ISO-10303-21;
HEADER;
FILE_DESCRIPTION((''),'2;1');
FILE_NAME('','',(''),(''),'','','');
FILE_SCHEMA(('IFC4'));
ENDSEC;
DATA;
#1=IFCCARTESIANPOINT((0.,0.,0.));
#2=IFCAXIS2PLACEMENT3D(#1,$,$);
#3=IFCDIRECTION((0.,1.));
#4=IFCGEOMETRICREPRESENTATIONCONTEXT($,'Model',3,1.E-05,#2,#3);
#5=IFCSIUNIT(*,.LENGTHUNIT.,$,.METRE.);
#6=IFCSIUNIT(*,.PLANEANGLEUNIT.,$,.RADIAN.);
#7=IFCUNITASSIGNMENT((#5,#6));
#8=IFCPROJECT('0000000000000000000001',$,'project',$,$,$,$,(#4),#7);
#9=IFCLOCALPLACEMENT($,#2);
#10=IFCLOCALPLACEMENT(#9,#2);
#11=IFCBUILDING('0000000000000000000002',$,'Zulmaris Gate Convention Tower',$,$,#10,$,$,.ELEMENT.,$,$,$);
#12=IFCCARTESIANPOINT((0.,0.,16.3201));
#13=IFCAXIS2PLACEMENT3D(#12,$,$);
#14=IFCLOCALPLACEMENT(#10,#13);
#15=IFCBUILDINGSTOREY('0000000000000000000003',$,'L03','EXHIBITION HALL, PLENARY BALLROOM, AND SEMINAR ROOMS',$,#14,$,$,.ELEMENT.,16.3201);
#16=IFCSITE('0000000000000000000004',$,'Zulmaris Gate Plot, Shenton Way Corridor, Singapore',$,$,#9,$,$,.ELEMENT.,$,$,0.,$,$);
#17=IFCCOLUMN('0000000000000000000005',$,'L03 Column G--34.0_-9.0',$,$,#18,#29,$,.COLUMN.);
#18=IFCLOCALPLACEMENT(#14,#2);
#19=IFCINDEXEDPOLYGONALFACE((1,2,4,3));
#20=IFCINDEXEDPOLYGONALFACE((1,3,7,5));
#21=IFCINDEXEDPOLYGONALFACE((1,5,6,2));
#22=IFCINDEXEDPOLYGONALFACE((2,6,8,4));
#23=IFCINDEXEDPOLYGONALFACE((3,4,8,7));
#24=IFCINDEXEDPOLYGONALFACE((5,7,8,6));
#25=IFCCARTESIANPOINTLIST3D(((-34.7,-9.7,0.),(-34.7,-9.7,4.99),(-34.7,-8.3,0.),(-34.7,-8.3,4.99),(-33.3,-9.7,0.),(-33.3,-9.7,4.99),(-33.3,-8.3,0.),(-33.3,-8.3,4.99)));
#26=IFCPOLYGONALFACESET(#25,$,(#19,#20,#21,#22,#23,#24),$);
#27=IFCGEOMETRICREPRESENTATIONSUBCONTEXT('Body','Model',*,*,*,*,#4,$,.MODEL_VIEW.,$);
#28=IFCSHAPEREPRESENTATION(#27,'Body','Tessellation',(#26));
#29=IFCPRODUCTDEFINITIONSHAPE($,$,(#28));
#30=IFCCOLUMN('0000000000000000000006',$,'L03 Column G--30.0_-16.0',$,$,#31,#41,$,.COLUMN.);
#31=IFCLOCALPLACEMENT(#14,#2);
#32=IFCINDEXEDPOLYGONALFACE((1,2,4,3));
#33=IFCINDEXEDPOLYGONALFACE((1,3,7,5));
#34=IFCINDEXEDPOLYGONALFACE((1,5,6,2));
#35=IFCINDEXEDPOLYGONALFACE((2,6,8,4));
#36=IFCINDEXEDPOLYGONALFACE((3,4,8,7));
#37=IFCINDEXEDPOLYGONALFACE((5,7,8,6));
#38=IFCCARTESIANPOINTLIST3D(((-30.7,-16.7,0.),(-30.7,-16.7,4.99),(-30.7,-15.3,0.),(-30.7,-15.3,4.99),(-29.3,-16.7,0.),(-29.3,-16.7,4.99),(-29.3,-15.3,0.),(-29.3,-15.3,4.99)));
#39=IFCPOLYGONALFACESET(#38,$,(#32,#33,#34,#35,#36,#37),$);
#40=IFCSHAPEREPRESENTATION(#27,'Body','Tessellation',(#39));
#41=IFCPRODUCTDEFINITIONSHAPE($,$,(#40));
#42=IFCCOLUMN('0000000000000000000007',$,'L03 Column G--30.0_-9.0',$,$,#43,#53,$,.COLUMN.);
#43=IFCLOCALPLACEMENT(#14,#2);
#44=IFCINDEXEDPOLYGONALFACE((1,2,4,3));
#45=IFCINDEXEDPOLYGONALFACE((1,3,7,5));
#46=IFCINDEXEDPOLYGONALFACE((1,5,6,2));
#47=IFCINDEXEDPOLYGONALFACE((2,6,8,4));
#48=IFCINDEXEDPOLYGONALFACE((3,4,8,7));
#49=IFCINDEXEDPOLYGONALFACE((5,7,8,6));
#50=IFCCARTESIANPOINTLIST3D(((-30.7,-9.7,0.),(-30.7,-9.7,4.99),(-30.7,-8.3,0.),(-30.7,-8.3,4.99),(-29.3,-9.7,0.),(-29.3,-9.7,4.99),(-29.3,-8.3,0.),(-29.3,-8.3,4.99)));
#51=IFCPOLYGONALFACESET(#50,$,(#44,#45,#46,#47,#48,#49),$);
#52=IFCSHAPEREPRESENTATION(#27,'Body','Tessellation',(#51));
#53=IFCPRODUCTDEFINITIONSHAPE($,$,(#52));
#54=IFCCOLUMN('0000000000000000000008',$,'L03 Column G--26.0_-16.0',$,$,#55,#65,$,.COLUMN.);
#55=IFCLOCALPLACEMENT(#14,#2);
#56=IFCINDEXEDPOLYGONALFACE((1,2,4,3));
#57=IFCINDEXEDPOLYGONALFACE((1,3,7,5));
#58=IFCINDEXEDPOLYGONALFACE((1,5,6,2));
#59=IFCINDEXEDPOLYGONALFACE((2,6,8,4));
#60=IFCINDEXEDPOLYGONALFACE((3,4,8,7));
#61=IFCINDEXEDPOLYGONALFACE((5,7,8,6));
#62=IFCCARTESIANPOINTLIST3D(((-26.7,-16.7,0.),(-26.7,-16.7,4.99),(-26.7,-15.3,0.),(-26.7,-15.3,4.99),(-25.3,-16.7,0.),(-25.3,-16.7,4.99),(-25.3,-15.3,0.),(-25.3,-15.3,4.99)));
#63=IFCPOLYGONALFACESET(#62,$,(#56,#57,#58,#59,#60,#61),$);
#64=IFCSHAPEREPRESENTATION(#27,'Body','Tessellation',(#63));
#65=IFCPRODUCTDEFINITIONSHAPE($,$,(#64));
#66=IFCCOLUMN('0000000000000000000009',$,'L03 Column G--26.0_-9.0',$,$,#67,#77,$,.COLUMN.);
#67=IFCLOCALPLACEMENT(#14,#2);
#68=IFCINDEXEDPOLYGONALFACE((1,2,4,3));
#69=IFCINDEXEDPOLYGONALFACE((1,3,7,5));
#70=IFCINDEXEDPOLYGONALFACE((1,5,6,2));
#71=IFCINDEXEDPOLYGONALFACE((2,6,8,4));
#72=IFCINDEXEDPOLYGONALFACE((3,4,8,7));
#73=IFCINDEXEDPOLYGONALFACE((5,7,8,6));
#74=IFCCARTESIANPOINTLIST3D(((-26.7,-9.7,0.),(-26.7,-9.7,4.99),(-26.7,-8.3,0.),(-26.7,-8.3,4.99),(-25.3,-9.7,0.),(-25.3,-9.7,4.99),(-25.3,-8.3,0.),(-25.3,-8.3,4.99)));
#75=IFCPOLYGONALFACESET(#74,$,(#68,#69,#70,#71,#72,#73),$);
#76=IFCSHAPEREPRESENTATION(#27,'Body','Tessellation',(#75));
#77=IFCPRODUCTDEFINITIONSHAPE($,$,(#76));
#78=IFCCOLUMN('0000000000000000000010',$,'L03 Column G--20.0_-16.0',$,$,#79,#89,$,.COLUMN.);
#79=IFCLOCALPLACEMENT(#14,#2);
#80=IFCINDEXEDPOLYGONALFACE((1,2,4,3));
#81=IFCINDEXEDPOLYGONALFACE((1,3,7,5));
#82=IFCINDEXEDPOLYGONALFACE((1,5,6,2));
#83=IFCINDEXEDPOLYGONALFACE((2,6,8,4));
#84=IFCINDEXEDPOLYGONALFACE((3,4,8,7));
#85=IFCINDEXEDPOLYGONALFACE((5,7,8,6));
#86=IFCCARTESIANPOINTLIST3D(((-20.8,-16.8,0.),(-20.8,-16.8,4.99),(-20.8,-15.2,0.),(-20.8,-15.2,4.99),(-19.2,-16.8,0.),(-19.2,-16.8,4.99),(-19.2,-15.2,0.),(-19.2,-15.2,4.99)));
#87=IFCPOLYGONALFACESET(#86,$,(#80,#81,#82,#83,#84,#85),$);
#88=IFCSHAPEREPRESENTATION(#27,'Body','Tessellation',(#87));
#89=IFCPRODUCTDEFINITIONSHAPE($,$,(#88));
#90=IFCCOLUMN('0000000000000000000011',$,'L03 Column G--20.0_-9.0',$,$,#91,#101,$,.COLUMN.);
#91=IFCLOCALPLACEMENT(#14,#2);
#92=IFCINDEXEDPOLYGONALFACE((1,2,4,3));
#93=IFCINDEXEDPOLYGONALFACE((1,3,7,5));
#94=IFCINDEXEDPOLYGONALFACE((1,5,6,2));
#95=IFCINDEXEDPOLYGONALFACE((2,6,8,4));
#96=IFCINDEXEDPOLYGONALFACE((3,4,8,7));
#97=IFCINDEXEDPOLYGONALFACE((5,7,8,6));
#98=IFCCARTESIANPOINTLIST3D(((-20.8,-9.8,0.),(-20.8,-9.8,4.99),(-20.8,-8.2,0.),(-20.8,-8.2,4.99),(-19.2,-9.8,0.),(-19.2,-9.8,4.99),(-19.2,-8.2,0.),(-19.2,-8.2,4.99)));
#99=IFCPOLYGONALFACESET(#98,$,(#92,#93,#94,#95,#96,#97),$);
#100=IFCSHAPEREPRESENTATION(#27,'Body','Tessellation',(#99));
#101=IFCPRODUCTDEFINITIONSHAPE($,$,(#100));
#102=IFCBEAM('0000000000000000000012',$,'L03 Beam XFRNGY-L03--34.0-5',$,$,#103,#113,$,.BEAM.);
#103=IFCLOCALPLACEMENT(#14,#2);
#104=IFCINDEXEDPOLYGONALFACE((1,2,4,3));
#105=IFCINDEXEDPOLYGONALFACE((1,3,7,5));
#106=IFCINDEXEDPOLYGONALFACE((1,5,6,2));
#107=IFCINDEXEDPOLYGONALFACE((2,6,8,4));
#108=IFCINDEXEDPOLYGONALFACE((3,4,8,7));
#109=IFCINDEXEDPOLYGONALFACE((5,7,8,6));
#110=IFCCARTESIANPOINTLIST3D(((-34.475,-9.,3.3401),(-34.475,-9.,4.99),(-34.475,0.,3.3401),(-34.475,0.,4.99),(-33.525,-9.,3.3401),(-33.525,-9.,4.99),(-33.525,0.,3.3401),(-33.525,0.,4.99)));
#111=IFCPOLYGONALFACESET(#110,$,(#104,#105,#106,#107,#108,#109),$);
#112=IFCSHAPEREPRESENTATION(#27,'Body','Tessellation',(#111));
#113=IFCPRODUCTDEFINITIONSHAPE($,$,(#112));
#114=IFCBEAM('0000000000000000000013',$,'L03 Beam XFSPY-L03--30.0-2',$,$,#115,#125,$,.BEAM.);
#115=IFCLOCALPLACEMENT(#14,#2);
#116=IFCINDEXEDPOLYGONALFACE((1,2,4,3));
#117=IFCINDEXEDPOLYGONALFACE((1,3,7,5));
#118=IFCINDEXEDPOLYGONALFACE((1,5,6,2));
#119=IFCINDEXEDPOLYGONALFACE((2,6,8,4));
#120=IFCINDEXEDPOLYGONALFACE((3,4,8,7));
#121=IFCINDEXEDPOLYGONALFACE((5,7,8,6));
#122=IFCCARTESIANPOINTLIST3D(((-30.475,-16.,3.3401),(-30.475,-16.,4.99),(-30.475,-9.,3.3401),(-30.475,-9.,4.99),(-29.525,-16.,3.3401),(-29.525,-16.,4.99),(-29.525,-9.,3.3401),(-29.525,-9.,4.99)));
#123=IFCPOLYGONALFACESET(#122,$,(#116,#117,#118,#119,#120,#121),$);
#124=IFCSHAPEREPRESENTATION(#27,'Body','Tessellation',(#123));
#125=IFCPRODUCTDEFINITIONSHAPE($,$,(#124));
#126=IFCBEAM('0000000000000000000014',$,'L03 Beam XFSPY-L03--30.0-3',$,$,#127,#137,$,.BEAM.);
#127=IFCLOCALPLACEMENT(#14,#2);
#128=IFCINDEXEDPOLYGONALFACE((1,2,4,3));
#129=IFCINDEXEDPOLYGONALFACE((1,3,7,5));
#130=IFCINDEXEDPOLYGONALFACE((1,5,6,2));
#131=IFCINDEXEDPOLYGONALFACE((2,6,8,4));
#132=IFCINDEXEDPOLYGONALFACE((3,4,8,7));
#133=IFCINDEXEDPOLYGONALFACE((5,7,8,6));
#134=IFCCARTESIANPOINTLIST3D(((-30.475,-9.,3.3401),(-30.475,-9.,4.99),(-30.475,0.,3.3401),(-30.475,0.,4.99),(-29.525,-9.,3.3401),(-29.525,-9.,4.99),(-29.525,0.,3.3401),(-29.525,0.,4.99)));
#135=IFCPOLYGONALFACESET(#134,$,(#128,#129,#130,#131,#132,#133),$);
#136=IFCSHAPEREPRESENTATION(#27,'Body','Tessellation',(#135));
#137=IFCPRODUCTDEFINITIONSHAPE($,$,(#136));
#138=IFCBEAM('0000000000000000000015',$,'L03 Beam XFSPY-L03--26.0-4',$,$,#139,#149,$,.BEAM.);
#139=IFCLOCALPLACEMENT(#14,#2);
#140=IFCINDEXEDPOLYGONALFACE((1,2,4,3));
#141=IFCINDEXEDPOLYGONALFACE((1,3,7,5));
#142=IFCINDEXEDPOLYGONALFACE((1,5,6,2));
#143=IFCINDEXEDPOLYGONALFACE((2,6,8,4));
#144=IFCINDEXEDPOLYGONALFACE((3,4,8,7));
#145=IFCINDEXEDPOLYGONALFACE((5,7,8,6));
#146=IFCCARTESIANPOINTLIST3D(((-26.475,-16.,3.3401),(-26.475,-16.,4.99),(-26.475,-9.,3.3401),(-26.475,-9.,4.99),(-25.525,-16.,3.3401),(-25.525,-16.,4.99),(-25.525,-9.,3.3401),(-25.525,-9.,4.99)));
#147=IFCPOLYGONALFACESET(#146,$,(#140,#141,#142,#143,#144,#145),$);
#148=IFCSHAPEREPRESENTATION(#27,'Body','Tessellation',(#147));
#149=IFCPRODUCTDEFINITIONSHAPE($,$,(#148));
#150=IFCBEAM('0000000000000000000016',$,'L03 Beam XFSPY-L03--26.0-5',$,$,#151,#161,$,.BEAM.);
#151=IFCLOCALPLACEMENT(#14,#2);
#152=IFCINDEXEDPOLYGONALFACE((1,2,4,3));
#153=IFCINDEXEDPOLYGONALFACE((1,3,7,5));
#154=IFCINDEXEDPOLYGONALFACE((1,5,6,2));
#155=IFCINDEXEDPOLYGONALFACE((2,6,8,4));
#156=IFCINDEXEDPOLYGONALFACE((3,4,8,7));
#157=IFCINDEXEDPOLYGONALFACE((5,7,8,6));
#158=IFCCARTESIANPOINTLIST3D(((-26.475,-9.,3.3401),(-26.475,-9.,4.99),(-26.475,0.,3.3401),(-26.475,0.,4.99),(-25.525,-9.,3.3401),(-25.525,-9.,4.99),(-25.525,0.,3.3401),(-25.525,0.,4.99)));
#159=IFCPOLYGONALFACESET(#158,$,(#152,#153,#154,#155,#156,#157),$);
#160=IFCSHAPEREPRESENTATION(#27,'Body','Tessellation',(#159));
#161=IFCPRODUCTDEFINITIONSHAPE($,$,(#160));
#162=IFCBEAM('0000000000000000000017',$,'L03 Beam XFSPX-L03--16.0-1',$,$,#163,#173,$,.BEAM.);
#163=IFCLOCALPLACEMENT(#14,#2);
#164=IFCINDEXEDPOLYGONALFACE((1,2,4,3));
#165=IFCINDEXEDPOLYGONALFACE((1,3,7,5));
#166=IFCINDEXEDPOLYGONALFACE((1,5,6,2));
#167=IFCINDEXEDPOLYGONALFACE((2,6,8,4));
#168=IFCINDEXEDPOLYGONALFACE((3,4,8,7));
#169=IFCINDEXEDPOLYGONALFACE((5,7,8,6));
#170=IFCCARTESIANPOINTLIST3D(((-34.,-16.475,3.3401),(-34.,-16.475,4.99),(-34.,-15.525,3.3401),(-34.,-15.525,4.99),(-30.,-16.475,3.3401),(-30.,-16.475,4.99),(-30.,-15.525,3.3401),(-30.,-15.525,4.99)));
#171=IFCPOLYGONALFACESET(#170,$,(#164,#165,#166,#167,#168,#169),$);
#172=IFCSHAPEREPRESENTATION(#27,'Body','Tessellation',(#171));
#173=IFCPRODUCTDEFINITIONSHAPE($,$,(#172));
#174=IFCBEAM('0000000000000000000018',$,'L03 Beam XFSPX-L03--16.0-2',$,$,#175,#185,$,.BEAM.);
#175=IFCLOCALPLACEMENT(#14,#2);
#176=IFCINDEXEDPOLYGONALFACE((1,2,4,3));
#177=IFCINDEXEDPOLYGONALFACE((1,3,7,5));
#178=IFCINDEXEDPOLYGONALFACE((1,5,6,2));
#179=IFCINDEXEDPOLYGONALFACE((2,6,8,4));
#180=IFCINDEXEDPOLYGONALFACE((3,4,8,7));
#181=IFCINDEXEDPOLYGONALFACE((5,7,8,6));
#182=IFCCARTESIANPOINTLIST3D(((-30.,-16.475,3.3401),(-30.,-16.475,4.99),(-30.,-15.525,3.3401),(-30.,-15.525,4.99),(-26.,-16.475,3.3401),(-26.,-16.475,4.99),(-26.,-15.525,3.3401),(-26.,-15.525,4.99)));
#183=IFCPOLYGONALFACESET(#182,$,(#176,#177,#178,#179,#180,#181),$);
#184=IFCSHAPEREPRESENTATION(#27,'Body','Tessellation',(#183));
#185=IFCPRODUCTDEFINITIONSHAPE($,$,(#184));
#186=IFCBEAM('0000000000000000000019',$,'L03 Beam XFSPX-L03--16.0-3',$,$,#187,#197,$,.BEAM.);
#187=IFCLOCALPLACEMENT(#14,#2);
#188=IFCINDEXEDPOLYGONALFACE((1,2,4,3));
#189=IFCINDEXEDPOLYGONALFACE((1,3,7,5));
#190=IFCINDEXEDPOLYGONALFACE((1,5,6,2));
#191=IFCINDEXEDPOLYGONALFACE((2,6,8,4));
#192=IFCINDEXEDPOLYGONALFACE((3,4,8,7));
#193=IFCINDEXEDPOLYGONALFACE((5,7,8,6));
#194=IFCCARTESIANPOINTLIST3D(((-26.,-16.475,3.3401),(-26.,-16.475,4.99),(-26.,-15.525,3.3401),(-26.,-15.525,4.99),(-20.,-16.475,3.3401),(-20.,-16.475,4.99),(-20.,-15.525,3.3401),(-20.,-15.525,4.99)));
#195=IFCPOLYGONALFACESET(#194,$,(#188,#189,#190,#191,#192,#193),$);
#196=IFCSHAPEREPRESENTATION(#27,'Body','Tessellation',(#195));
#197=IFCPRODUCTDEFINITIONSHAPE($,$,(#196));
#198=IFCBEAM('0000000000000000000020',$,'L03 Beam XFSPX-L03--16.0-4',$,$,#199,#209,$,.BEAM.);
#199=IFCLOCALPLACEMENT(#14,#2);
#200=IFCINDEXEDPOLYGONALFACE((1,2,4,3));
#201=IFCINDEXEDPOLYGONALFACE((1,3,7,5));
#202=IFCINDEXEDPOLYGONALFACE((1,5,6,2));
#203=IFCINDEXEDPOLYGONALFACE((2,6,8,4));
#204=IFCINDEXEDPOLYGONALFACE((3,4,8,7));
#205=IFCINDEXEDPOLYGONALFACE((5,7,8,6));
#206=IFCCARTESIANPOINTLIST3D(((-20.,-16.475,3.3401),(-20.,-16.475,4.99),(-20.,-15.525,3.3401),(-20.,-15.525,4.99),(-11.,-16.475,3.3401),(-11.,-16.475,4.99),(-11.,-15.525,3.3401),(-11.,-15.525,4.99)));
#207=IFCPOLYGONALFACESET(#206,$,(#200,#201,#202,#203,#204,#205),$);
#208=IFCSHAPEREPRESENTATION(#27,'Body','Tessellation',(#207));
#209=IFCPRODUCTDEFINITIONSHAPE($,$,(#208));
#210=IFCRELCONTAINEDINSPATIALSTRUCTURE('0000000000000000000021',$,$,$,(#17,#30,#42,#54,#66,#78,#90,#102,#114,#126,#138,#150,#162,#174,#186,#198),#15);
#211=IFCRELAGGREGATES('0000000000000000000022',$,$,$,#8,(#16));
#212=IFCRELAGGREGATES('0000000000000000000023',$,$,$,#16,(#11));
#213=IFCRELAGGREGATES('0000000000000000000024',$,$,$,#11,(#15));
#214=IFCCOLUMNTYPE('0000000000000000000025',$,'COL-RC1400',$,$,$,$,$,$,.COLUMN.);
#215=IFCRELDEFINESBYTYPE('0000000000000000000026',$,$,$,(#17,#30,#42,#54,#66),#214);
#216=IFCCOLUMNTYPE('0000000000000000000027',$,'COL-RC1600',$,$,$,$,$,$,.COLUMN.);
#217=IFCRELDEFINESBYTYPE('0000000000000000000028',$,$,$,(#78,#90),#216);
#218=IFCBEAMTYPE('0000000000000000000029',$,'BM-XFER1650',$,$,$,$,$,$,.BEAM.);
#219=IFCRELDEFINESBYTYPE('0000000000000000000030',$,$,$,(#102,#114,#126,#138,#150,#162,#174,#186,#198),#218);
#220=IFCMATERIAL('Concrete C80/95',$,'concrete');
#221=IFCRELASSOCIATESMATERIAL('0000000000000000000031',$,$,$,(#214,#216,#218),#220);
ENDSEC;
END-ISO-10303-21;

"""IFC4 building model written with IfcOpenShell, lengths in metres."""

from ifc_helpers import new_model, si_unit, direction, frame, origin, origin_2d, place, context, subcontext, project, spatial, rectangle, extrude, material, material_profile, profile_set, type_object, element, save


model = new_model("IFC4")

# Units and contexts
model_context = context("Model", 3, precision=1e-05, world=origin(), true_north=direction((0.0, 1.0)))
body_context = subcontext(model_context, "Body", "Model", "MODEL_VIEW")
ifc_project = project(units=[si_unit("LENGTHUNIT", "METRE"), si_unit("PLANEANGLEUNIT", "RADIAN")], contexts=[model_context])

# Site, building, storey
site_placement = place(None, origin())
site = spatial("IfcSite", under=ifc_project, at=site_placement, Name="Zulmaris Gate Plot, Shenton Way Corridor, Singapore", CompositionType="ELEMENT", RefElevation=0.0)
building_placement = place(site_placement, origin())
building = spatial("IfcBuilding", under=site, at=building_placement, Name="Zulmaris Gate Convention Tower", CompositionType="ELEMENT")
storey_placement = place(building_placement, frame((0.0, 0.0, 16.3201)))
storey = spatial("IfcBuildingStorey", under=building, at=storey_placement, Name="L03", Description="EXHIBITION HALL, PLENARY BALLROOM, AND SEMINAR ROOMS", CompositionType="ELEMENT", Elevation=16.3201)

# Columns
ifc_material_1 = material(Name="Concrete C80/95", Category="concrete")
ifc_material_profile_1 = material_profile(ifc_material_1, rectangle(XDim=1.3999, YDim=1.3999, at=origin_2d()), Name="RC COL 1400x1400")
ifc_profile_set_1 = profile_set([ifc_material_profile_1], Name="Concrete C80/95")
column_type_1 = type_object("IfcColumnType", Name="COL-RC1400", PredefinedType="COLUMN", material=ifc_profile_set_1)
for number, where, z_axis, x_axis, name in (
    (1, (-34.0, -9.0, 0.0), (0.0, 0.0, 1.0), (1.0, 0.0, 0.0), "L03 Column G--34.0_-9.0"),
    (2, (-30.0, -16.0, 0.0), (0.0, 0.0, 1.0), (1.0, 0.0, 0.0), "L03 Column G--30.0_-16.0"),
    (3, (-30.0, -9.0, 0.0), (0.0, 0.0, 1.0), (1.0, 0.0, 0.0), "L03 Column G--30.0_-9.0"),
    (4, (-26.0, -16.0, 0.0), (0.0, 0.0, 1.0), (1.0, 0.0, 0.0), "L03 Column G--26.0_-16.0"),
    (5, (-26.0, -9.0, 0.0), (0.0, 0.0, 1.0), (1.0, 0.0, 0.0), "L03 Column G--26.0_-9.0"),
):
    element("IfcColumn", number, at=place(storey_placement, frame(where, z_axis=z_axis, x_axis=x_axis)), inside=storey, type_object=column_type_1, Name=name, PredefinedType="COLUMN", context=body_context, shape_type="SweptSolid", body=[
        extrude(rectangle(XDim=1.3999, YDim=1.3999, at=origin_2d()), origin(), (0.0, 0.0, 1.0), 4.99),
    ])
ifc_material_profile_2 = material_profile(ifc_material_1, rectangle(XDim=1.6001, YDim=1.6001, at=origin_2d()), Name="RC COL 1600x1600")
ifc_profile_set_2 = profile_set([ifc_material_profile_2], Name="Concrete C80/95")
column_type_2 = type_object("IfcColumnType", Name="COL-RC1600", PredefinedType="COLUMN", material=ifc_profile_set_2)
for number, where, z_axis, x_axis, name in (
    (6, (-20.0, -16.0, 0.0), (0.0, 0.0, 1.0), (1.0, 0.0, 0.0), "L03 Column G--20.0_-16.0"),
    (7, (-20.0, -9.0, 0.0), (0.0, 0.0, 1.0), (1.0, 0.0, 0.0), "L03 Column G--20.0_-9.0"),
):
    element("IfcColumn", number, at=place(storey_placement, frame(where, z_axis=z_axis, x_axis=x_axis)), inside=storey, type_object=column_type_2, Name=name, PredefinedType="COLUMN", context=body_context, shape_type="SweptSolid", body=[
        extrude(rectangle(XDim=1.6001, YDim=1.6001, at=origin_2d()), origin(), (0.0, 0.0, 1.0), 4.99),
    ])

# Beams
ifc_material_profile_3 = material_profile(ifc_material_1, rectangle(XDim=0.95, YDim=1.6499, at=origin_2d()), Name="RC TRANSFER 950x1650")
ifc_profile_set_3 = profile_set([ifc_material_profile_3], Name="Concrete C80/95")
beam_type_1 = type_object("IfcBeamType", Name="BM-XFER1650", PredefinedType="BEAM", material=ifc_profile_set_3)
beam_1_placement = place(storey_placement, frame((-34.0, -9.0, 4.165), z_axis=(0.0, 1.0, 0.0), x_axis=(-1.0, 0.0, 0.0)))
element("IfcBeam", 8, at=beam_1_placement, inside=storey, type_object=beam_type_1, Name="L03 Beam XFRNGY-L03--34.0-5", PredefinedType="BEAM", context=body_context, shape_type="SweptSolid", body=[
    extrude(rectangle(XDim=0.95, YDim=1.6499, at=origin_2d()), origin(), (0.0, 0.0, 1.0), 9.0),
])
beam_2_placement = place(storey_placement, frame((-30.0, -16.0, 4.165), z_axis=(0.0, 1.0, 0.0), x_axis=(-1.0, 0.0, 0.0)))
element("IfcBeam", 9, at=beam_2_placement, inside=storey, type_object=beam_type_1, Name="L03 Beam XFSPY-L03--30.0-2", PredefinedType="BEAM", context=body_context, shape_type="SweptSolid", body=[
    extrude(rectangle(XDim=0.95, YDim=1.6499, at=origin_2d()), origin(), (0.0, 0.0, 1.0), 7.0),
])
beam_3_placement = place(storey_placement, frame((-30.0, -9.0, 4.165), z_axis=(0.0, 1.0, 0.0), x_axis=(-1.0, 0.0, 0.0)))
element("IfcBeam", 10, at=beam_3_placement, inside=storey, type_object=beam_type_1, Name="L03 Beam XFSPY-L03--30.0-3", PredefinedType="BEAM", context=body_context, shape_type="SweptSolid", body=[
    extrude(rectangle(XDim=0.95, YDim=1.6499, at=origin_2d()), origin(), (0.0, 0.0, 1.0), 9.0),
])
beam_4_placement = place(storey_placement, frame((-26.0, -16.0, 4.165), z_axis=(0.0, 1.0, 0.0), x_axis=(-1.0, 0.0, 0.0)))
element("IfcBeam", 11, at=beam_4_placement, inside=storey, type_object=beam_type_1, Name="L03 Beam XFSPY-L03--26.0-4", PredefinedType="BEAM", context=body_context, shape_type="SweptSolid", body=[
    extrude(rectangle(XDim=0.95, YDim=1.6499, at=origin_2d()), origin(), (0.0, 0.0, 1.0), 7.0),
])
beam_5_placement = place(storey_placement, frame((-26.0, -9.0, 4.165), z_axis=(0.0, 1.0, 0.0), x_axis=(-1.0, 0.0, 0.0)))
element("IfcBeam", 12, at=beam_5_placement, inside=storey, type_object=beam_type_1, Name="L03 Beam XFSPY-L03--26.0-5", PredefinedType="BEAM", context=body_context, shape_type="SweptSolid", body=[
    extrude(rectangle(XDim=0.95, YDim=1.6499, at=origin_2d()), origin(), (0.0, 0.0, 1.0), 9.0),
])
for number, where, z_axis, x_axis, name in (
    (13, (-34.0, -16.0, 4.165), (1.0, 0.0, 0.0), (0.0, 1.0, 0.0), "L03 Beam XFSPX-L03--16.0-1"),
    (14, (-30.0, -16.0, 4.165), (1.0, 0.0, 0.0), (0.0, 1.0, 0.0), "L03 Beam XFSPX-L03--16.0-2"),
):
    element("IfcBeam", number, at=place(storey_placement, frame(where, z_axis=z_axis, x_axis=x_axis)), inside=storey, type_object=beam_type_1, Name=name, PredefinedType="BEAM", context=body_context, shape_type="SweptSolid", body=[
        extrude(rectangle(XDim=0.95, YDim=1.6499, at=origin_2d()), origin(), (0.0, 0.0, 1.0), 4.0),
    ])
beam_6_placement = place(storey_placement, frame((-26.0, -16.0, 4.165), z_axis=(1.0, 0.0, 0.0), x_axis=(0.0, 1.0, 0.0)))
element("IfcBeam", 15, at=beam_6_placement, inside=storey, type_object=beam_type_1, Name="L03 Beam XFSPX-L03--16.0-3", PredefinedType="BEAM", context=body_context, shape_type="SweptSolid", body=[
    extrude(rectangle(XDim=0.95, YDim=1.6499, at=origin_2d()), origin(), (0.0, 0.0, 1.0), 6.0),
])
beam_7_placement = place(storey_placement, frame((-20.0, -16.0, 4.165), z_axis=(1.0, 0.0, 0.0), x_axis=(0.0, 1.0, 0.0)))
element("IfcBeam", 16, at=beam_7_placement, inside=storey, type_object=beam_type_1, Name="L03 Beam XFSPX-L03--16.0-4", PredefinedType="BEAM", context=body_context, shape_type="SweptSolid", body=[
    extrude(rectangle(XDim=0.95, YDim=1.6499, at=origin_2d()), origin(), (0.0, 0.0, 1.0), 9.0),
])

save(model, "model.ifc")
